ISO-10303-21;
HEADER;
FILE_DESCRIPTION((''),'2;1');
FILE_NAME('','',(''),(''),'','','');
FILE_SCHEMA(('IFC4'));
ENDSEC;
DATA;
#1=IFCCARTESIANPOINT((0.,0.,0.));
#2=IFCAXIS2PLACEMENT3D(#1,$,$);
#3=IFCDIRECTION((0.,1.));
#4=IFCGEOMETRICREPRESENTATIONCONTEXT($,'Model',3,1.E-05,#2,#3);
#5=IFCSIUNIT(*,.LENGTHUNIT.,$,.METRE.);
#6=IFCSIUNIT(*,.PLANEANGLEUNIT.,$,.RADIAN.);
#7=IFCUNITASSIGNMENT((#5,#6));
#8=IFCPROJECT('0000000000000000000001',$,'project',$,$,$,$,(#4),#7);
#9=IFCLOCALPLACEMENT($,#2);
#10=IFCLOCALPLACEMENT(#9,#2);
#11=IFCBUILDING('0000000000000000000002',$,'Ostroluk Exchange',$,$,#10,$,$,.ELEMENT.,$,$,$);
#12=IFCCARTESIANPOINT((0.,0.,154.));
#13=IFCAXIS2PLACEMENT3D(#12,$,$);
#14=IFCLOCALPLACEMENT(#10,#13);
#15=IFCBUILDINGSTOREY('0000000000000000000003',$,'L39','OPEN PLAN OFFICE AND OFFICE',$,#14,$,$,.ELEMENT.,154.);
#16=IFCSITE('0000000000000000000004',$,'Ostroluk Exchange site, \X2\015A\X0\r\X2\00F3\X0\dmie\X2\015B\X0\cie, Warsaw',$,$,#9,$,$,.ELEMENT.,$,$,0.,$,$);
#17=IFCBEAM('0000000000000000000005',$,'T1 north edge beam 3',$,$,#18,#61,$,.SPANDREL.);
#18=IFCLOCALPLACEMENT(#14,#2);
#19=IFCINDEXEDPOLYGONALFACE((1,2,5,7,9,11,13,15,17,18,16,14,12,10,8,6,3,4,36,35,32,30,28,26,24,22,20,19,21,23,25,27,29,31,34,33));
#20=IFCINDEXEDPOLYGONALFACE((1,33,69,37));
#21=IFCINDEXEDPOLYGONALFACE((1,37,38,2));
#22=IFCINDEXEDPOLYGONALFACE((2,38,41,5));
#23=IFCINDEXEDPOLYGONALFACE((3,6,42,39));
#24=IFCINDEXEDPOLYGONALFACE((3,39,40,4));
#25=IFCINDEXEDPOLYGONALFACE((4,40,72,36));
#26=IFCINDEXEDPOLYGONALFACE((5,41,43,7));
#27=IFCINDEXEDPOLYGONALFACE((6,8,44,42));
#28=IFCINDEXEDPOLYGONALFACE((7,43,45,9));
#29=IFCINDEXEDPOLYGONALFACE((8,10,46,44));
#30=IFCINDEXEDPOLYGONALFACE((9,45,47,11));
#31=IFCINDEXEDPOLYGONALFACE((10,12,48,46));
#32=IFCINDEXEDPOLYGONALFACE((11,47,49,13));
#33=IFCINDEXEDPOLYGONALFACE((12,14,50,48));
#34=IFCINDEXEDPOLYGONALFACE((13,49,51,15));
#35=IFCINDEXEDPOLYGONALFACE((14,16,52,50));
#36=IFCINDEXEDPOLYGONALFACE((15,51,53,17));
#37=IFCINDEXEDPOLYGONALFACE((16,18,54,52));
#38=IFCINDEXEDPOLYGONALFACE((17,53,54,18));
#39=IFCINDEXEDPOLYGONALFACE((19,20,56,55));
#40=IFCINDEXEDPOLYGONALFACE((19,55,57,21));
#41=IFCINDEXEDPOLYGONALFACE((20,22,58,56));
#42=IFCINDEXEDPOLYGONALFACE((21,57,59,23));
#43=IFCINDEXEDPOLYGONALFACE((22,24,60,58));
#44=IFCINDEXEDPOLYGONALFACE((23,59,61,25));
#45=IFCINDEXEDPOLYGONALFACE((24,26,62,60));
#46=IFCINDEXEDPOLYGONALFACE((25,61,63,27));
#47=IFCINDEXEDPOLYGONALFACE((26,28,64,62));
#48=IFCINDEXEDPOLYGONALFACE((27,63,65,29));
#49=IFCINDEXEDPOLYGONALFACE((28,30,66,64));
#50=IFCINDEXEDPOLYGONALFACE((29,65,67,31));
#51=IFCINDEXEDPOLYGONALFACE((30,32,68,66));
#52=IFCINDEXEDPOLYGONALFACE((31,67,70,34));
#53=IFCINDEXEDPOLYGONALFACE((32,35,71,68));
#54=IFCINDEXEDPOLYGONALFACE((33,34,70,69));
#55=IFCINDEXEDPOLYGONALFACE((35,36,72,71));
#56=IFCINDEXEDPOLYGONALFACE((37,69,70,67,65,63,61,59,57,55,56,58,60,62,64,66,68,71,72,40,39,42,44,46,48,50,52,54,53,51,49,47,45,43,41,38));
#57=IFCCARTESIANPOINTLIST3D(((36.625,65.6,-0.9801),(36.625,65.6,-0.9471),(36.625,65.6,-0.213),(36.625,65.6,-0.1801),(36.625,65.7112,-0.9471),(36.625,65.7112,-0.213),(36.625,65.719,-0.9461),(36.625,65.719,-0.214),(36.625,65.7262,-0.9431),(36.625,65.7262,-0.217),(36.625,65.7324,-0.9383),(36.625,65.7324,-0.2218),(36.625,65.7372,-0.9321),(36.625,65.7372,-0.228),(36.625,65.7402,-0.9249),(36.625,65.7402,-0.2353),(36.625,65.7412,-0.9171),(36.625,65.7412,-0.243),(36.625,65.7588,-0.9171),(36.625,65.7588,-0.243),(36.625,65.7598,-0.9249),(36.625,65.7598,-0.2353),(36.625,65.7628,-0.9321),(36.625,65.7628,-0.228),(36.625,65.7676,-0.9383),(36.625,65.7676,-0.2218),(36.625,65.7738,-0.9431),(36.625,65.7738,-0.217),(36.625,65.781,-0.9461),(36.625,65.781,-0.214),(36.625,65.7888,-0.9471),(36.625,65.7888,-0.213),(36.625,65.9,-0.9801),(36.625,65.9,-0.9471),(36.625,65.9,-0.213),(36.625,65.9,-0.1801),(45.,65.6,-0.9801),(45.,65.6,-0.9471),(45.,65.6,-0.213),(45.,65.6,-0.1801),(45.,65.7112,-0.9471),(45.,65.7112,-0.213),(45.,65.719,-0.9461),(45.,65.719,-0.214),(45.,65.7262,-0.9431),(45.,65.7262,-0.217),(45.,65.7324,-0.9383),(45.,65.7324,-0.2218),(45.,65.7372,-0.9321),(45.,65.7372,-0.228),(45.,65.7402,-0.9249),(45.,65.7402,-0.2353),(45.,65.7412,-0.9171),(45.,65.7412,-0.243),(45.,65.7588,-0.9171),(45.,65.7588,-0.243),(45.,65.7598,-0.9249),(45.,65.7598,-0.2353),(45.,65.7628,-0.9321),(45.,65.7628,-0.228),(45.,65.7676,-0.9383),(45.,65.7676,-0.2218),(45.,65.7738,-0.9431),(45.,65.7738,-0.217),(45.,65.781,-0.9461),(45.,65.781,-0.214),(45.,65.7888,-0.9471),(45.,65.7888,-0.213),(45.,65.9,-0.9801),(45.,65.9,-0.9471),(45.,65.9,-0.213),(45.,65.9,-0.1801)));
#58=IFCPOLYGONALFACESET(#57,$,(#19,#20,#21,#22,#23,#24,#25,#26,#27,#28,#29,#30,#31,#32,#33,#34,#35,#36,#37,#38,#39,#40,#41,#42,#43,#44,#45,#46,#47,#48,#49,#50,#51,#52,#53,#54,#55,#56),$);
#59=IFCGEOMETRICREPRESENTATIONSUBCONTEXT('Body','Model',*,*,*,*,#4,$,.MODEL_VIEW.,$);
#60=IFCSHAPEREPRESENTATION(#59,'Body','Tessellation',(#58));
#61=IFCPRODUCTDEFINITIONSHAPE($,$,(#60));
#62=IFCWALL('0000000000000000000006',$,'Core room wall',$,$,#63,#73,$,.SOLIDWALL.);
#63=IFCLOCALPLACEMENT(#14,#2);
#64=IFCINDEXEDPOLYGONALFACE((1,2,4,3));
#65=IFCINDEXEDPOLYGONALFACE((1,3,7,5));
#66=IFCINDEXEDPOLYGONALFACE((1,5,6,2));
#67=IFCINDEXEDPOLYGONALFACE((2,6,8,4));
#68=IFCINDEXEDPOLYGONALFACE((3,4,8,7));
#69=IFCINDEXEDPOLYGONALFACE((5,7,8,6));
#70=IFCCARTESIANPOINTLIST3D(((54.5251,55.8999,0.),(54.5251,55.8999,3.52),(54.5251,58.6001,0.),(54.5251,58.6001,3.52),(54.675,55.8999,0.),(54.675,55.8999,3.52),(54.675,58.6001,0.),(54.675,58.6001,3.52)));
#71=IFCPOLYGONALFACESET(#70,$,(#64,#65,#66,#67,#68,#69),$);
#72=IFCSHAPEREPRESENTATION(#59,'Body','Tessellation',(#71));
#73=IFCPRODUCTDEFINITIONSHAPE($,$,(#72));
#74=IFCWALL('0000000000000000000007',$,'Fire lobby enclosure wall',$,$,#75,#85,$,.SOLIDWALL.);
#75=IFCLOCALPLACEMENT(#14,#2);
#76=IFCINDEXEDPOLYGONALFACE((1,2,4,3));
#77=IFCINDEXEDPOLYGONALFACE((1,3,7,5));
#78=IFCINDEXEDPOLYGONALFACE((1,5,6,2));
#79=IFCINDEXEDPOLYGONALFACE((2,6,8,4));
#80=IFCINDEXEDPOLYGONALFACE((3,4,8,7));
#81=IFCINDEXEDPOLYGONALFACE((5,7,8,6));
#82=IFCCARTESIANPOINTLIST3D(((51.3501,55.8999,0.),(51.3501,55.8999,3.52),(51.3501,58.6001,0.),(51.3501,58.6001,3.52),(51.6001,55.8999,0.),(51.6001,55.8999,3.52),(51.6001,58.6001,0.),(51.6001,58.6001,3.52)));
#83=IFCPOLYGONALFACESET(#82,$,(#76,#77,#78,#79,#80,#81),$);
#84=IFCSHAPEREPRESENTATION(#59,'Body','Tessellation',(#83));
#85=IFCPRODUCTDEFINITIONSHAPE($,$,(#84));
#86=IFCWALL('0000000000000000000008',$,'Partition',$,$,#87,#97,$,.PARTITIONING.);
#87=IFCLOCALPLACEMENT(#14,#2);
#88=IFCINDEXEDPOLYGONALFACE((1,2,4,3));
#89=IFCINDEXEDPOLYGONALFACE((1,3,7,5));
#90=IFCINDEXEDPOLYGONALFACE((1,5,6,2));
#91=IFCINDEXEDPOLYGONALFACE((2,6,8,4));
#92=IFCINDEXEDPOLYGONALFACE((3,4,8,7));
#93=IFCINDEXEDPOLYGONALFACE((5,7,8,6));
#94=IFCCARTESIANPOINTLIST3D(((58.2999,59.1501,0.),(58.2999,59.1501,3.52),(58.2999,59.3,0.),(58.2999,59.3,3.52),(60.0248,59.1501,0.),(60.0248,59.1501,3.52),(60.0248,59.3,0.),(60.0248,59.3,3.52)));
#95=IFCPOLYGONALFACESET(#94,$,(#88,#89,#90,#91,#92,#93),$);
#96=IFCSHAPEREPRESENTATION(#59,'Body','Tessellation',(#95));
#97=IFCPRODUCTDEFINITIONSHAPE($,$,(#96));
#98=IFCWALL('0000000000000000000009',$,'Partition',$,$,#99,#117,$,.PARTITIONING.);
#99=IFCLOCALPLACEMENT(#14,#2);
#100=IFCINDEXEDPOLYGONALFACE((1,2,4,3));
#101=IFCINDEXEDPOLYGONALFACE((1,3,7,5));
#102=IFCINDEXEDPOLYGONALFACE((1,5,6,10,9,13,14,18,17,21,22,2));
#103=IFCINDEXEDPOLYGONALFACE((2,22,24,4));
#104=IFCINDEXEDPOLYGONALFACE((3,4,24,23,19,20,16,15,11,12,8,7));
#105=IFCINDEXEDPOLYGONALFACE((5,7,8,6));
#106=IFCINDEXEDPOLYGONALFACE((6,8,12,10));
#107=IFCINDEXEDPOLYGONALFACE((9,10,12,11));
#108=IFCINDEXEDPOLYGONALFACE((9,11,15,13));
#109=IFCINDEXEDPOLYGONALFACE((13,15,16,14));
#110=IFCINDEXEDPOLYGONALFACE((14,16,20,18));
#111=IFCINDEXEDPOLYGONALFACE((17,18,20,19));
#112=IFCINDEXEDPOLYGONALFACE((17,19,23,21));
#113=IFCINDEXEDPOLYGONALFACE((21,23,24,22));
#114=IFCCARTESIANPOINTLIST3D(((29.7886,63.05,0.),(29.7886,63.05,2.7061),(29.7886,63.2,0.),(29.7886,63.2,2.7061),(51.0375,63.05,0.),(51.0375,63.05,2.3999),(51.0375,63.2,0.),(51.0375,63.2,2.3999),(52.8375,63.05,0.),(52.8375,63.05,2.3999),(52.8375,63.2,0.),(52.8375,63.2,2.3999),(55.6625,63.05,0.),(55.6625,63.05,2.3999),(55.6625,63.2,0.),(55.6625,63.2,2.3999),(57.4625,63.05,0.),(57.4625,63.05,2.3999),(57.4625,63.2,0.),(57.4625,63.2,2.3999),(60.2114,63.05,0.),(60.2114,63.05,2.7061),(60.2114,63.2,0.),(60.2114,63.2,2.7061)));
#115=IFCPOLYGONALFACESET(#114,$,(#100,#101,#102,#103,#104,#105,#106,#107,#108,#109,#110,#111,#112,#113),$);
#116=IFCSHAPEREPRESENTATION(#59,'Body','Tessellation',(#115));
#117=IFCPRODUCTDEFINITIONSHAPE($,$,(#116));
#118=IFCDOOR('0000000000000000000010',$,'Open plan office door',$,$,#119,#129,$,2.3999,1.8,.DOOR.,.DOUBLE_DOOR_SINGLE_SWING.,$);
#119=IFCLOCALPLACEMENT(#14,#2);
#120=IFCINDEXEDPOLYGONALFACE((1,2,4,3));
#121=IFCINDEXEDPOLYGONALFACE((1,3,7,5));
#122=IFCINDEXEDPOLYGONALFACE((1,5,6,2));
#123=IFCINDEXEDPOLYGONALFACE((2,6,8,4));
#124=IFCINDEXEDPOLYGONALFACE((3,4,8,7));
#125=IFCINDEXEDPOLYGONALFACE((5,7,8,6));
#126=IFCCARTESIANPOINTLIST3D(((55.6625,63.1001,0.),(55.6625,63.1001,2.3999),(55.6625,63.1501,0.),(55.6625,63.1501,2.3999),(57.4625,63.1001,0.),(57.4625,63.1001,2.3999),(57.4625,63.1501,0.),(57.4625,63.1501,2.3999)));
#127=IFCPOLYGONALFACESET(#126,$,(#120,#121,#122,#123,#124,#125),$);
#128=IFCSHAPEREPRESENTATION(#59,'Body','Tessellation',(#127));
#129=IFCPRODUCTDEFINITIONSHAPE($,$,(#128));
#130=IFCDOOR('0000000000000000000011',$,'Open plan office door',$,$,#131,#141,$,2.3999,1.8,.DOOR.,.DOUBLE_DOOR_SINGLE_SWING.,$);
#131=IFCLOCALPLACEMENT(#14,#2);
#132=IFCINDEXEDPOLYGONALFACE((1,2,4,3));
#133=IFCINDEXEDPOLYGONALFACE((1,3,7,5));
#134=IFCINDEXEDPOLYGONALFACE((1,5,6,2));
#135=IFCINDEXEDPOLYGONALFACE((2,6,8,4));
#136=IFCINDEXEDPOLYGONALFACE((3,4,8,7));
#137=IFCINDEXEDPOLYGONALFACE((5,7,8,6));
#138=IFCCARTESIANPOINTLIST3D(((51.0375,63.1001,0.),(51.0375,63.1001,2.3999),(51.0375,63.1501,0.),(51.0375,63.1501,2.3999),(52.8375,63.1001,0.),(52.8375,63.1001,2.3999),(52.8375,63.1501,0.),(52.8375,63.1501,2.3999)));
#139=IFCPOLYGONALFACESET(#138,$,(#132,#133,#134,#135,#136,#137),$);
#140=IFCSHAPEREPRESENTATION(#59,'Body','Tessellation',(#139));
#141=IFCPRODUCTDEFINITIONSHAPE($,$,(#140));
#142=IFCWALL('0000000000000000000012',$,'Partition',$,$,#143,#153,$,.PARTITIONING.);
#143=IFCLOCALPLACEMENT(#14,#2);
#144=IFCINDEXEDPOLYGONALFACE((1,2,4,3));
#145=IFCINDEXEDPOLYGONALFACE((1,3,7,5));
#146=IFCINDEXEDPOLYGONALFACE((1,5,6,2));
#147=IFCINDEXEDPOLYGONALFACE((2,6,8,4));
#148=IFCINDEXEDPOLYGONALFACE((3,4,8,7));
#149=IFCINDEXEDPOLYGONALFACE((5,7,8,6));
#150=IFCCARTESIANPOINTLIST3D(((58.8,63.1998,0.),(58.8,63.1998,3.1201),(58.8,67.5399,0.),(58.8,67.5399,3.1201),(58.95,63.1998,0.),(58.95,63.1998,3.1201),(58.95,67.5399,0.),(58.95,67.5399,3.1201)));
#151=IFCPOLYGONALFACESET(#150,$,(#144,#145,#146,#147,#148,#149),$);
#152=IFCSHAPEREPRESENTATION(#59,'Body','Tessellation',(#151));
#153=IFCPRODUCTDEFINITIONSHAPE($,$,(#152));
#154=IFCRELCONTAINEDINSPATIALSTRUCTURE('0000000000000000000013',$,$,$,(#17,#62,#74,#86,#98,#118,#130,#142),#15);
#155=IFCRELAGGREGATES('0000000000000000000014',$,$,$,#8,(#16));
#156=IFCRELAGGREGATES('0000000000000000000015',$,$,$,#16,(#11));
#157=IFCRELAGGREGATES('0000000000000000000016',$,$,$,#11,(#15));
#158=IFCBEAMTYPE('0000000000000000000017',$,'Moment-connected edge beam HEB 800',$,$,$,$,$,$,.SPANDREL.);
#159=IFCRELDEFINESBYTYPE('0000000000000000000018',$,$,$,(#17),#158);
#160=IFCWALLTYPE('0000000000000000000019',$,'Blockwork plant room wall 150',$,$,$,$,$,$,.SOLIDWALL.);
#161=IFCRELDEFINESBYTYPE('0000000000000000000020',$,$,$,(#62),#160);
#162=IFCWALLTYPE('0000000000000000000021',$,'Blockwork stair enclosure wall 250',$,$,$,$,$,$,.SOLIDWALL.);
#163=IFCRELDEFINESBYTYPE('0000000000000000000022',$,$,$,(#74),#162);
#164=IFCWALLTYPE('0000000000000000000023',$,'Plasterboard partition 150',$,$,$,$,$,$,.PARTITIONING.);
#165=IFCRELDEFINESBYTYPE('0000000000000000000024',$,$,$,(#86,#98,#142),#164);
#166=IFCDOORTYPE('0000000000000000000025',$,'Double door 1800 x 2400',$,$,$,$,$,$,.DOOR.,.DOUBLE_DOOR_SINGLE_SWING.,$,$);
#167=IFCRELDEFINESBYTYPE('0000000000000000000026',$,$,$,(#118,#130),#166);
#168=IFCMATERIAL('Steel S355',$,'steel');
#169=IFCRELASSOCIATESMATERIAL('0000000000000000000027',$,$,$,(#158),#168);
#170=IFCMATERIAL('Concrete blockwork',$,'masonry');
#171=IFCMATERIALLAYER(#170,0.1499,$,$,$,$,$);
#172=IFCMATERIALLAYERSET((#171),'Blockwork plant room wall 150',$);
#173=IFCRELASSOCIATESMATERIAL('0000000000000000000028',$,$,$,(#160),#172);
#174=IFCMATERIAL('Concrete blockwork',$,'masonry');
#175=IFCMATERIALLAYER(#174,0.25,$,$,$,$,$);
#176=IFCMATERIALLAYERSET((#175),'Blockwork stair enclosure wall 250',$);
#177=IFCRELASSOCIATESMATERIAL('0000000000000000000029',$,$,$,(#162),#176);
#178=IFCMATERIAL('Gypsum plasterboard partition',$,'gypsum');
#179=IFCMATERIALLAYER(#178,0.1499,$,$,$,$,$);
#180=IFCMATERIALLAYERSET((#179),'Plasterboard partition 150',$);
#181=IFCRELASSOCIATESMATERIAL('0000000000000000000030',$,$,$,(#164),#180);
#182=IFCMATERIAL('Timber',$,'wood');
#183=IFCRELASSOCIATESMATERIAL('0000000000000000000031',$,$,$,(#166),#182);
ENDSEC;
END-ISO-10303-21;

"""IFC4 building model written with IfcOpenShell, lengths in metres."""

from ifc_helpers import new_model, si_unit, direction, frame, frame_2d, origin, origin_2d, place, context, subcontext, project, spatial, rectangle, i_section, extrude, material, layer, layer_set, material_profile, profile_set, type_object, element, fill, save


model = new_model("IFC4")

# Units and contexts
model_context = context("Model", 3, precision=1e-05, world=origin(), true_north=direction((0.0, 1.0)))
body_context = subcontext(model_context, "Body", "Model", "MODEL_VIEW")
ifc_project = project(units=[si_unit("LENGTHUNIT", "METRE"), si_unit("PLANEANGLEUNIT", "RADIAN")], contexts=[model_context])

# Site, building, storey
site_placement = place(None, origin())
site = spatial("IfcSite", under=ifc_project, at=site_placement, Name="Ostroluk Exchange site, Śródmieście, Warsaw", CompositionType="ELEMENT", RefElevation=0.0)
building_placement = place(site_placement, origin())
building = spatial("IfcBuilding", under=site, at=building_placement, Name="Ostroluk Exchange", CompositionType="ELEMENT")
storey_placement = place(building_placement, frame((0.0, 0.0, 154.0)))
storey = spatial("IfcBuildingStorey", under=building, at=storey_placement, Name="L39", Description="OPEN PLAN OFFICE AND OFFICE", CompositionType="ELEMENT", Elevation=154.0)

# Beam
ifc_material_1 = material(Name="Steel S355", Category="steel")
ifc_material_profile_1 = material_profile(ifc_material_1, i_section(OverallWidth=0.3, OverallDepth=0.8, WebThickness=0.0176, FlangeThickness=0.033, FilletRadius=0.03, at=origin_2d()), Name="HEB 800")
ifc_profile_set_1 = profile_set([ifc_material_profile_1], Name="Steel S355")
beam_type_1 = type_object("IfcBeamType", Name="Moment-connected edge beam HEB 800", PredefinedType="SPANDREL", material=ifc_profile_set_1)
beam_1_placement = place(storey_placement, frame((45.0, 65.75, -0.5801), z_axis=(-1.0, 0.0, 0.0), x_axis=(0.0, -1.0, 0.0)))
element("IfcBeam", 1, at=beam_1_placement, inside=storey, type_object=beam_type_1, Name="T1 north edge beam 3", PredefinedType="SPANDREL", context=body_context, shape_type="SweptSolid", body=[
    extrude(i_section(OverallWidth=0.3, OverallDepth=0.8, WebThickness=0.0176, FlangeThickness=0.033, FilletRadius=0.03, at=origin_2d()), origin(), (0.0, 0.0, 1.0), 8.375),
])

# Walls
ifc_material_2 = material(Name="Concrete blockwork", Category="masonry")
ifc_layer_1 = layer(ifc_material_2, 0.1499)
ifc_layer_set_1 = layer_set([ifc_layer_1], Name="Blockwork plant room wall 150")
wall_type_1 = type_object("IfcWallType", Name="Blockwork plant room wall 150", PredefinedType="SOLIDWALL", material=ifc_layer_set_1)
wall_1_placement = place(storey_placement, frame((54.6001, 55.8999, 0.0), z_axis=(0.0, 0.0, 1.0), x_axis=(0.0, 1.0, 0.0)))
element("IfcWall", 2, at=wall_1_placement, inside=storey, type_object=wall_type_1, Name="Core room wall", PredefinedType="SOLIDWALL", context=body_context, shape_type="SweptSolid", body=[
    extrude(rectangle(XDim=2.7002, YDim=0.1499, at=frame_2d((1.3501, 0.0))), origin(), (0.0, 0.0, 1.0), 3.52),
])
ifc_material_3 = material(Name="Concrete blockwork", Category="masonry")
ifc_layer_2 = layer(ifc_material_3, 0.25)
ifc_layer_set_2 = layer_set([ifc_layer_2], Name="Blockwork stair enclosure wall 250")
wall_type_2 = type_object("IfcWallType", Name="Blockwork stair enclosure wall 250", PredefinedType="SOLIDWALL", material=ifc_layer_set_2)
wall_2_placement = place(storey_placement, frame((51.4751, 55.8999, 0.0), z_axis=(0.0, 0.0, 1.0), x_axis=(0.0, 1.0, 0.0)))
element("IfcWall", 3, at=wall_2_placement, inside=storey, type_object=wall_type_2, Name="Fire lobby enclosure wall", PredefinedType="SOLIDWALL", context=body_context, shape_type="SweptSolid", body=[
    extrude(rectangle(XDim=2.7002, YDim=0.25, at=frame_2d((1.3501, 0.0))), origin(), (0.0, 0.0, 1.0), 3.52),
])
ifc_material_4 = material(Name="Gypsum plasterboard partition", Category="gypsum")
ifc_layer_3 = layer(ifc_material_4, 0.1499)
ifc_layer_set_3 = layer_set([ifc_layer_3], Name="Plasterboard partition 150")
wall_type_3 = type_object("IfcWallType", Name="Plasterboard partition 150", PredefinedType="PARTITIONING", material=ifc_layer_set_3)
wall_3_placement = place(storey_placement, frame((58.3, 59.2251, 0.0), z_axis=(0.0, 0.0, 1.0), x_axis=(1.0, 0.0, 0.0)))
element("IfcWall", 4, at=wall_3_placement, inside=storey, type_object=wall_type_3, Name="Partition", PredefinedType="PARTITIONING", context=body_context, shape_type="SweptSolid", body=[
    extrude(rectangle(XDim=1.7249, YDim=0.1499, at=frame_2d((0.8623, 0.0))), origin(), (0.0, 0.0, 1.0), 3.52),
])

# Wall, openings, doors
wall_4_placement = place(storey_placement, frame((60.2114, 63.125, 0.0), z_axis=(0.0, 0.0, 1.0), x_axis=(-1.0, 0.0, 0.0)))
wall_4 = element("IfcWall", 5, at=wall_4_placement, inside=storey, type_object=wall_type_3, Name="Partition", PredefinedType="PARTITIONING", context=body_context, shape_type="SweptSolid", body=[
    extrude(rectangle(XDim=30.4229, YDim=0.1499, at=frame_2d((15.2114, 0.0))), origin(), (0.0, 0.0, 1.0), 2.7061),
])
opening_1_placement = place(wall_4_placement, frame((2.749, 0.0, 0.0)))
opening_1 = element("IfcOpeningElement", 6, at=opening_1_placement, cuts=wall_4, PredefinedType="OPENING", context=body_context, shape_type="SweptSolid", body=[
    extrude(rectangle(XDim=1.8, YDim=2.3999, at=frame_2d((0.8999, 1.2))), frame((0.0, 0.085, 0.0), z_axis=(0.0, -1.0, 0.0), x_axis=(1.0, 0.0, 0.0)), (0.0, 0.0, 1.0), 0.1699),
])
opening_2_placement = place(wall_4_placement, frame((7.374, 0.0, 0.0)))
opening_2 = element("IfcOpeningElement", 7, at=opening_2_placement, cuts=wall_4, PredefinedType="OPENING", context=body_context, shape_type="SweptSolid", body=[
    extrude(rectangle(XDim=1.8, YDim=2.3999, at=frame_2d((0.8999, 1.2))), frame((0.0, 0.085, 0.0), z_axis=(0.0, -1.0, 0.0), x_axis=(1.0, 0.0, 0.0)), (0.0, 0.0, 1.0), 0.1699),
])
ifc_material_5 = material(Name="Timber", Category="wood")
door_type = type_object("IfcDoorType", Name="Double door 1800 x 2400", OperationType="DOUBLE_DOOR_SINGLE_SWING", PredefinedType="DOOR", material=ifc_material_5)
door_1_placement = place(opening_1_placement, origin())
door_1 = element("IfcDoor", 8, at=door_1_placement, inside=storey, type_object=door_type, Name="Open plan office door", OperationType="DOUBLE_DOOR_SINGLE_SWING", OverallHeight=2.3999, OverallWidth=1.8, PredefinedType="DOOR", context=body_context, shape_type="SweptSolid", body=[
    extrude(rectangle(XDim=1.8, YDim=2.3999, at=frame_2d((0.8999, 1.2))), frame((0.0, 0.0249, 0.0), z_axis=(0.0, -1.0, 0.0), x_axis=(1.0, 0.0, 0.0)), (0.0, 0.0, 1.0), 0.05),
])
fill(opening_1, door_1)
door_2_placement = place(opening_2_placement, origin())
door_2 = element("IfcDoor", 9, at=door_2_placement, inside=storey, type_object=door_type, Name="Open plan office door", OperationType="DOUBLE_DOOR_SINGLE_SWING", OverallHeight=2.3999, OverallWidth=1.8, PredefinedType="DOOR", context=body_context, shape_type="SweptSolid", body=[
    extrude(rectangle(XDim=1.8, YDim=2.3999, at=frame_2d((0.8999, 1.2))), frame((0.0, 0.0249, 0.0), z_axis=(0.0, -1.0, 0.0), x_axis=(1.0, 0.0, 0.0)), (0.0, 0.0, 1.0), 0.05),
])
fill(opening_2, door_2)

# Wall
wall_5_placement = place(storey_placement, frame((58.875, 63.2, 0.0), z_axis=(0.0, 0.0, 1.0), x_axis=(0.0, 1.0, 0.0)))
element("IfcWall", 10, at=wall_5_placement, inside=storey, type_object=wall_type_3, Name="Partition", PredefinedType="PARTITIONING", context=body_context, shape_type="SweptSolid", body=[
    extrude(rectangle(XDim=4.3401, YDim=0.1499, at=frame_2d((2.1699, 0.0))), origin(), (0.0, 0.0, 1.0), 3.1201),
])

save(model, "model.ifc")
